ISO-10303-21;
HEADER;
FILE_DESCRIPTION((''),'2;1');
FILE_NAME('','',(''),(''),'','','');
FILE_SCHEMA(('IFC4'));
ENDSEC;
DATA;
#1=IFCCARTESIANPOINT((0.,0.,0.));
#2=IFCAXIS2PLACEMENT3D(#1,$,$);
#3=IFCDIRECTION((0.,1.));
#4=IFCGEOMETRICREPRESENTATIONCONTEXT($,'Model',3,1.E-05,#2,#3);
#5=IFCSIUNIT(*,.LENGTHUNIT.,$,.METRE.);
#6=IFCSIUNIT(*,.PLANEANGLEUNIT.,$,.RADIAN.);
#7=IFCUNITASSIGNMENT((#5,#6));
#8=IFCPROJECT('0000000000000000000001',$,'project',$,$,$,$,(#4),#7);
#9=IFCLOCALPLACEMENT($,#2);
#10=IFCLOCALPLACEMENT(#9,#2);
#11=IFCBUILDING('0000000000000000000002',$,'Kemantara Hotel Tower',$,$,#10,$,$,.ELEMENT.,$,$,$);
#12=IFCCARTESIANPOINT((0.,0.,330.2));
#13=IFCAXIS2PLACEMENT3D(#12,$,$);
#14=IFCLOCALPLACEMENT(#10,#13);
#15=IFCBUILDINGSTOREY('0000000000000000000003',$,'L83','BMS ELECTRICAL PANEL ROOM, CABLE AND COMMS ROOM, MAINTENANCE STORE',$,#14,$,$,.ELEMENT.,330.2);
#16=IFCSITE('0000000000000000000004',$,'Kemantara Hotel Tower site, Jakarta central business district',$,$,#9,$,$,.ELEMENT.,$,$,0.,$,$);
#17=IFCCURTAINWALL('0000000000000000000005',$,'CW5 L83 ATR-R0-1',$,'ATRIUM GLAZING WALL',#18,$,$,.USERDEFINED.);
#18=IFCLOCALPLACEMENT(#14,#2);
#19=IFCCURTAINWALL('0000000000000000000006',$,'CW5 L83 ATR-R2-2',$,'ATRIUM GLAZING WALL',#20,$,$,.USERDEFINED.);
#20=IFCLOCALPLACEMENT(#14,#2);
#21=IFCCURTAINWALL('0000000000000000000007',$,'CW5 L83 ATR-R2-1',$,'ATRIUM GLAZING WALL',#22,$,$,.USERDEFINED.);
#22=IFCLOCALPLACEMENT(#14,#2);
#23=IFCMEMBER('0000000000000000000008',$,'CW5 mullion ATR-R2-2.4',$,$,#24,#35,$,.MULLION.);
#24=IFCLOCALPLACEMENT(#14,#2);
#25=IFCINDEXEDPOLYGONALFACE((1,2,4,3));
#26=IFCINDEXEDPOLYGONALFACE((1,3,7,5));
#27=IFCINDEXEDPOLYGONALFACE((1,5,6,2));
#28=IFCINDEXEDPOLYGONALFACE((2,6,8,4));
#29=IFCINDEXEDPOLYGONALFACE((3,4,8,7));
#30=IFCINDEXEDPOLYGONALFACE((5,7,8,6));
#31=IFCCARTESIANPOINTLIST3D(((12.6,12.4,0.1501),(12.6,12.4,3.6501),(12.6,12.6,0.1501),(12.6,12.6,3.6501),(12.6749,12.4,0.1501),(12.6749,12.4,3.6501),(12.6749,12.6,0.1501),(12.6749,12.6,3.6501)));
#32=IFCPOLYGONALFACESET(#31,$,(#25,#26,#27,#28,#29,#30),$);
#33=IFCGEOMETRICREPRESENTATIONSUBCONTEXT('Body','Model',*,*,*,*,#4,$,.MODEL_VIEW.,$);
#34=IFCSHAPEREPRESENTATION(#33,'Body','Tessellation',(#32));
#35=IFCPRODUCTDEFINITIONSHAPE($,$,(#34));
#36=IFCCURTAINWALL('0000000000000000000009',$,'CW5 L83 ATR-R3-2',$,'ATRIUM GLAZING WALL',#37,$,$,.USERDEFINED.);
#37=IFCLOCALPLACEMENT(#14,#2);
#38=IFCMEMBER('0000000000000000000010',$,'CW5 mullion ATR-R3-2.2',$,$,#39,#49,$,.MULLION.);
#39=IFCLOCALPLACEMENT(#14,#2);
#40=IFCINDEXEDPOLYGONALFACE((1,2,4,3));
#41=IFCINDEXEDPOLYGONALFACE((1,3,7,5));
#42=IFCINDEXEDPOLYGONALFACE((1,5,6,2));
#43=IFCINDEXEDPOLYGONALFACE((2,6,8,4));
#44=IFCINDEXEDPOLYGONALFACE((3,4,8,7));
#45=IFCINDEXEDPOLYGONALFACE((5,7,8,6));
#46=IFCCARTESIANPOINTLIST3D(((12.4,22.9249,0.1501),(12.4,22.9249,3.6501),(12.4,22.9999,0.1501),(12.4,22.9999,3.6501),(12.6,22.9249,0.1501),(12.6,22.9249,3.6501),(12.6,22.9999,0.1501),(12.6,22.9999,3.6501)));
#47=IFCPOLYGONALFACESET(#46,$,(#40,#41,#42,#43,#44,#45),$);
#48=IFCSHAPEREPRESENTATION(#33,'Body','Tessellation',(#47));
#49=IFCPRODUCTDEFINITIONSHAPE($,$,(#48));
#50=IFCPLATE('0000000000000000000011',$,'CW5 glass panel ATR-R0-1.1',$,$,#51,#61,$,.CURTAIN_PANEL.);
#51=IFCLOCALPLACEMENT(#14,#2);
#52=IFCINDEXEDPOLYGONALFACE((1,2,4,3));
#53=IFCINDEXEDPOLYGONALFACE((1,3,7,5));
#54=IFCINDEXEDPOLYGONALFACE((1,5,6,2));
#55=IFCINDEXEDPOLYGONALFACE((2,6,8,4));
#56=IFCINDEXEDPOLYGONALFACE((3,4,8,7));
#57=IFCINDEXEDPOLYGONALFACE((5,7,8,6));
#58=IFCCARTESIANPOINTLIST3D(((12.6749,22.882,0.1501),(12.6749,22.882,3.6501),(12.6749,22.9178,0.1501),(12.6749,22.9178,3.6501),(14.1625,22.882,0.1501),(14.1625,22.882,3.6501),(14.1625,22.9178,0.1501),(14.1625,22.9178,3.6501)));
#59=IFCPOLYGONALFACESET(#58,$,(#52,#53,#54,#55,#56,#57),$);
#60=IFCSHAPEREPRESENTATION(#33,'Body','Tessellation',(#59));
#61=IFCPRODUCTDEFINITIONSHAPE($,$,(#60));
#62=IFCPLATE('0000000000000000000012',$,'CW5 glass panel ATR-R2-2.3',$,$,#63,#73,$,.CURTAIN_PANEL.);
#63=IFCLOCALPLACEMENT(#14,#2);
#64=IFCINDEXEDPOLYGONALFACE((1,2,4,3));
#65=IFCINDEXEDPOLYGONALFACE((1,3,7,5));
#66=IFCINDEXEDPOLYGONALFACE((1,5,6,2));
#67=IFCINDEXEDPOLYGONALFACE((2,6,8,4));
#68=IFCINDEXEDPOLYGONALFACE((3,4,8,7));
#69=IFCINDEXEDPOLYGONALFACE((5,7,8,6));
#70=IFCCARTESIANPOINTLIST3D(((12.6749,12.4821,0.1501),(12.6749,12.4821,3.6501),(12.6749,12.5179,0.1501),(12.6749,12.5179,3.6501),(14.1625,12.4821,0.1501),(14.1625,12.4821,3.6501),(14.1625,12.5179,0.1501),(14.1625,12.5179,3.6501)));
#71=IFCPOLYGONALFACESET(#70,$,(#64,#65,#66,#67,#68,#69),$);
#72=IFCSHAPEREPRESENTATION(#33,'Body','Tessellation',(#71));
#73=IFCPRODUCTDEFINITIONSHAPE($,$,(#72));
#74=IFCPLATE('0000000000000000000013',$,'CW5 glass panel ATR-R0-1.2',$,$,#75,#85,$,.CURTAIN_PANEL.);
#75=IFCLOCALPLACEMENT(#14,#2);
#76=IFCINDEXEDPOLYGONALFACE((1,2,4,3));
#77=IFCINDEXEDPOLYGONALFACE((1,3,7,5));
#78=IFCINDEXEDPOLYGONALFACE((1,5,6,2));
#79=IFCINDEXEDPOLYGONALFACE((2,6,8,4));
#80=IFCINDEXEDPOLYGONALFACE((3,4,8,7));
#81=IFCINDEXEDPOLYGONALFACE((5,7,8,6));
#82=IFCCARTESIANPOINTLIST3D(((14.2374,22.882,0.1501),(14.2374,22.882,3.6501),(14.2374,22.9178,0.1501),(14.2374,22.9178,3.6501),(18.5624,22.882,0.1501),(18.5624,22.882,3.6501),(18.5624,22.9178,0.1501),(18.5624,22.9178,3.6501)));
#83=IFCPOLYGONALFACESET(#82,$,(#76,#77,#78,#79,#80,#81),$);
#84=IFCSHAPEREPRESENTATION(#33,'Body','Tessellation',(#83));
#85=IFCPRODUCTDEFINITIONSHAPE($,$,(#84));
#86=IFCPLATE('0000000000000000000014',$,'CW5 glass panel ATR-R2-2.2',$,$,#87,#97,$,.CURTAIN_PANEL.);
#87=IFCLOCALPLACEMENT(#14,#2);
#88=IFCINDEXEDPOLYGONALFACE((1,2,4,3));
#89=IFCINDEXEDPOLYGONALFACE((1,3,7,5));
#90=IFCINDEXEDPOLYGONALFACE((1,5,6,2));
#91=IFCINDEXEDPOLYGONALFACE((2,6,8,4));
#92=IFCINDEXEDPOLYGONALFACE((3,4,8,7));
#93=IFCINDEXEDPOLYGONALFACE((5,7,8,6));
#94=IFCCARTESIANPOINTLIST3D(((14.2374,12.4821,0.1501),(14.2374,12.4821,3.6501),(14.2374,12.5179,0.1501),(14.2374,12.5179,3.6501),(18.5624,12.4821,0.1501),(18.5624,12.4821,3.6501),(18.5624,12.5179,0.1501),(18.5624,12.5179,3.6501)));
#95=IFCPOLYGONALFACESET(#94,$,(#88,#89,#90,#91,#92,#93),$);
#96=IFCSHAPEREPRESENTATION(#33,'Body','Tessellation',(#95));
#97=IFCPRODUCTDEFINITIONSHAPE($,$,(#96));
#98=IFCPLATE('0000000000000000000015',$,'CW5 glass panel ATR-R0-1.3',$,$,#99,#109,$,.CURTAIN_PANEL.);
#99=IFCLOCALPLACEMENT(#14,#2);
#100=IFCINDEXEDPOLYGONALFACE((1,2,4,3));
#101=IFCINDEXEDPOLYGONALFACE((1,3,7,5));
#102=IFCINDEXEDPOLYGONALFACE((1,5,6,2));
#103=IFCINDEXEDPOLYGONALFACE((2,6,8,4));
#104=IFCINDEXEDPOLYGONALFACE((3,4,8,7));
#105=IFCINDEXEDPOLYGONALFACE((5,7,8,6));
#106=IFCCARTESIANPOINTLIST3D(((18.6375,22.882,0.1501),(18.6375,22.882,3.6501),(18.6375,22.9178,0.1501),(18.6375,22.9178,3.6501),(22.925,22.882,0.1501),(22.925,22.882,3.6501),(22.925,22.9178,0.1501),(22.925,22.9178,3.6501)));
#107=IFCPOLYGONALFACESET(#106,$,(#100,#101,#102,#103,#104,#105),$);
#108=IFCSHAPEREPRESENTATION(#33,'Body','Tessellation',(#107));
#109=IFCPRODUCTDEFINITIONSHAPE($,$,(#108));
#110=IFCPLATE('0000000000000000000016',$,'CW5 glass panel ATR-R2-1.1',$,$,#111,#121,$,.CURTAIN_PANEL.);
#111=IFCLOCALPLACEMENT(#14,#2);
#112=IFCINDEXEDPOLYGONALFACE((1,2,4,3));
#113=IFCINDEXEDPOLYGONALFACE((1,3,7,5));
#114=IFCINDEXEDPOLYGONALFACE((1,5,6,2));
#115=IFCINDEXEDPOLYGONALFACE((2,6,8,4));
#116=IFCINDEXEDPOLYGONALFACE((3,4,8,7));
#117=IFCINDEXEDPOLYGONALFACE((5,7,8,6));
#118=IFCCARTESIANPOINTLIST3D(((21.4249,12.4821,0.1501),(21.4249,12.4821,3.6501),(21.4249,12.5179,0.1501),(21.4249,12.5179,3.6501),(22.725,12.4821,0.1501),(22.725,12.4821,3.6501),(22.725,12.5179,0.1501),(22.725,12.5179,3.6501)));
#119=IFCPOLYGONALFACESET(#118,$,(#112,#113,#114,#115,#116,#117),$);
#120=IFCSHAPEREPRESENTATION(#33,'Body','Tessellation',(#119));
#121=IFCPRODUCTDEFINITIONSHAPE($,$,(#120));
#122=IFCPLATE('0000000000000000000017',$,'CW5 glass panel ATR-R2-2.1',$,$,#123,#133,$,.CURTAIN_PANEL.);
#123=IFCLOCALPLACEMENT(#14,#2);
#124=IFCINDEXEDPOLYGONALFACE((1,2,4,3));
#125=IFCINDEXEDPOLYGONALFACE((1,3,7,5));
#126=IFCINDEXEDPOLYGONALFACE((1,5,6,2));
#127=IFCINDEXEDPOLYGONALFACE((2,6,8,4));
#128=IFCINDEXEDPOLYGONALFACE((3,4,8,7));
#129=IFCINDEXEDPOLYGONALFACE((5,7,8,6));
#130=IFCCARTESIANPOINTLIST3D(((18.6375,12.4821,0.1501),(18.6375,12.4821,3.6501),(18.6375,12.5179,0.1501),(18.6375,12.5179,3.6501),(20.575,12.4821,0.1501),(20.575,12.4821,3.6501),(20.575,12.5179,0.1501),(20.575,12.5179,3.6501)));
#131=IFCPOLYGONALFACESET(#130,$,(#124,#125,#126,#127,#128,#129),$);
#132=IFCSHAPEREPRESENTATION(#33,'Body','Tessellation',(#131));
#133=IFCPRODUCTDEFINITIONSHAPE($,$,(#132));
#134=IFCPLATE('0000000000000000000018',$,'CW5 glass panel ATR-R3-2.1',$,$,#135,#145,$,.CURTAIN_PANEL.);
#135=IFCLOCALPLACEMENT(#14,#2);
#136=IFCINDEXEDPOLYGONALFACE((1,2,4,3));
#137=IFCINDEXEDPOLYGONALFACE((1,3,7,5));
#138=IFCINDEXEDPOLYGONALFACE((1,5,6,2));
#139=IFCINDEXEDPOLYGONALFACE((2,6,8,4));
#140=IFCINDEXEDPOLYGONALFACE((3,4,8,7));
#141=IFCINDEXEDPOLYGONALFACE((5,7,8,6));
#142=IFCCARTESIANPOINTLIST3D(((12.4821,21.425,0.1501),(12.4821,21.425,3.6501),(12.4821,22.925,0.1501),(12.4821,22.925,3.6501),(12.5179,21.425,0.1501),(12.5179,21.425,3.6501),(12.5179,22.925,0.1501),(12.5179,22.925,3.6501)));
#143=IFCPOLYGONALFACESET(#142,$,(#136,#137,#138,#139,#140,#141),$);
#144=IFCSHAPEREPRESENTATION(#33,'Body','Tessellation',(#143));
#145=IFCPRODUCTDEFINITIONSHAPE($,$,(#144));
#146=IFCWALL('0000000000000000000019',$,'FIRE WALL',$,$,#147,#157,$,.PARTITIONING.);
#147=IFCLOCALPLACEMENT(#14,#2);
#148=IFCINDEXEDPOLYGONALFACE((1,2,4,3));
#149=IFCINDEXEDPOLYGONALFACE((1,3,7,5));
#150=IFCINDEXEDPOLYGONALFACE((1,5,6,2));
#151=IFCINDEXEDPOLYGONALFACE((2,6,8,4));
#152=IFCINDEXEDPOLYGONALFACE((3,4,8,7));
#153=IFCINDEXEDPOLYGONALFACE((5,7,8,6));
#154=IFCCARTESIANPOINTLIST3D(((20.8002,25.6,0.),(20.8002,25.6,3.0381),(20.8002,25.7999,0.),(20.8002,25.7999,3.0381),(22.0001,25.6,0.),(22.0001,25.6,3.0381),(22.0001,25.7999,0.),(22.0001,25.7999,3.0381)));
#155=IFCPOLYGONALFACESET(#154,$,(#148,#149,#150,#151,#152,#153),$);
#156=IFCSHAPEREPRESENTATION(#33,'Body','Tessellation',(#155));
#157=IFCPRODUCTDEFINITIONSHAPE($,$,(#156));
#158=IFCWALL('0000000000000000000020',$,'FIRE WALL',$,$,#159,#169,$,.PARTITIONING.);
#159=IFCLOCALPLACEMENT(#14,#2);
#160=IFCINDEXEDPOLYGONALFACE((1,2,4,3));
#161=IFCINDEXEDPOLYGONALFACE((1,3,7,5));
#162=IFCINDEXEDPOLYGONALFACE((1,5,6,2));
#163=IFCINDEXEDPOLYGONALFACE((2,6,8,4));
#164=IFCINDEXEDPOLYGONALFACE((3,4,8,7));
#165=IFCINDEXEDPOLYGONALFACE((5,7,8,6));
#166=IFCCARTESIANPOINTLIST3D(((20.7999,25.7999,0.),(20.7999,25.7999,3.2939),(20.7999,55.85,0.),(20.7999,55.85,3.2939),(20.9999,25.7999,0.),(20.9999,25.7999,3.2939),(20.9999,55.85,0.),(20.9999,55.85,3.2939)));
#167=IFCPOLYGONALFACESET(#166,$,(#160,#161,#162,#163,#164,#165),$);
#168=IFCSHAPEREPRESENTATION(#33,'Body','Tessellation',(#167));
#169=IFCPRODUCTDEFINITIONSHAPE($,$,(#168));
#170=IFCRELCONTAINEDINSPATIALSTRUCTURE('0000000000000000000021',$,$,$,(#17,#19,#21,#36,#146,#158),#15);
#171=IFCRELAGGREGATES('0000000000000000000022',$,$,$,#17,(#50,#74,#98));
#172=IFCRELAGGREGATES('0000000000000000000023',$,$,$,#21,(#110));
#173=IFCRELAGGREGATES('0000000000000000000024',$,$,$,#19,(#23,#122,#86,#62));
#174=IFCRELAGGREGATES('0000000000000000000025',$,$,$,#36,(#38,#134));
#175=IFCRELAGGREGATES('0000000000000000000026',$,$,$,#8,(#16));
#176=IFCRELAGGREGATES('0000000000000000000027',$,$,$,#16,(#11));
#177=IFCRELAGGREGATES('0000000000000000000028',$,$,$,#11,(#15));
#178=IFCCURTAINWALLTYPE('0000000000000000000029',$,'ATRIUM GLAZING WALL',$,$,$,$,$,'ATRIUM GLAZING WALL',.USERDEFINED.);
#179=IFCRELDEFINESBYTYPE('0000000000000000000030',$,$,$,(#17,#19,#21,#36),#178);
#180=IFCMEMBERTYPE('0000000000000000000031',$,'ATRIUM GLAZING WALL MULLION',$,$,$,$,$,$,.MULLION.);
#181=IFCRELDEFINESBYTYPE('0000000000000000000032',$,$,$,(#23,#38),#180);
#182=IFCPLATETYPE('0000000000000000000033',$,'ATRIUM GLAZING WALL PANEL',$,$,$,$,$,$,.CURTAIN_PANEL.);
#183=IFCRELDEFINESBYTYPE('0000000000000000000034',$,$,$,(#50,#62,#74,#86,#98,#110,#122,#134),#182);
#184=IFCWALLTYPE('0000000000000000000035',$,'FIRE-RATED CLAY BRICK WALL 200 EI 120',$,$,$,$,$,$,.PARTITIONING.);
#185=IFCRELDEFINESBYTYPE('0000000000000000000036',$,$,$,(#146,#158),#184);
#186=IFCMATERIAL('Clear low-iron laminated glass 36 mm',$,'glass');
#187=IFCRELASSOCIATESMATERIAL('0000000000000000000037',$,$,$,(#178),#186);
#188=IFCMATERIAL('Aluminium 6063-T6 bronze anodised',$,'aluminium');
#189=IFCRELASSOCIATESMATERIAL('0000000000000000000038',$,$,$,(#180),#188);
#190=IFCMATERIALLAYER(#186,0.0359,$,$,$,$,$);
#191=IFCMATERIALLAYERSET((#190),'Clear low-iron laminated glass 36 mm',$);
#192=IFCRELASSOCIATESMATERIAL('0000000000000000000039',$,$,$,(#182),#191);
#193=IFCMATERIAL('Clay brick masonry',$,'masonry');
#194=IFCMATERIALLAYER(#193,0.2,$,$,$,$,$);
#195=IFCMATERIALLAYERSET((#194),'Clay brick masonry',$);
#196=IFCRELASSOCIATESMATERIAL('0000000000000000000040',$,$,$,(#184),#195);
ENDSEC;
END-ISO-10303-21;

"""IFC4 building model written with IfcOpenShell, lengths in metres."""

from ifc_helpers import new_model, si_unit, direction, frame, frame_2d, origin, origin_2d, place, context, subcontext, project, spatial, rectangle, extrude, source, transform, mapped, material, layer, layer_set, material_profile, profile_set, type_object, element, aggregate, save


model = new_model("IFC4")

# Units and contexts
model_context = context("Model", 3, precision=1e-05, world=origin(), true_north=direction((0.0, 1.0)))
body_context = subcontext(model_context, "Body", "Model", "MODEL_VIEW")
ifc_project = project(units=[si_unit("LENGTHUNIT", "METRE"), si_unit("PLANEANGLEUNIT", "RADIAN")], contexts=[model_context])

# Site, building, storey
site_placement = place(None, origin())
site = spatial("IfcSite", under=ifc_project, at=site_placement, Name="Kemantara Hotel Tower site, Jakarta central business district", CompositionType="ELEMENT", RefElevation=0.0)
building_placement = place(site_placement, origin())
building = spatial("IfcBuilding", under=site, at=building_placement, Name="Kemantara Hotel Tower", CompositionType="ELEMENT")
storey_placement = place(building_placement, frame((0.0, 0.0, 330.2)))
storey = spatial("IfcBuildingStorey", under=building, at=storey_placement, Name="L83", Description="BMS ELECTRICAL PANEL ROOM, CABLE AND COMMS ROOM, MAINTENANCE STORE", CompositionType="ELEMENT", Elevation=330.2)

# Curtain walls
ifc_material_1 = material(Name="Clear low-iron laminated glass 36 mm", Category="glass")
curtain_wall_type = type_object("IfcCurtainWallType", Name="ATRIUM GLAZING WALL", ElementType="ATRIUM GLAZING WALL", PredefinedType="USERDEFINED", material=ifc_material_1)
curtain_wall_1_placement = place(storey_placement, origin())
curtain_wall_1 = element("IfcCurtainWall", 1, at=curtain_wall_1_placement, inside=storey, type_object=curtain_wall_type, Name="CW5 L83 ATR-R0-1", ObjectType="ATRIUM GLAZING WALL", PredefinedType="USERDEFINED")
ifc_material_2 = material(Name="Aluminium 6063-T6 bronze anodised", Category="aluminium")
curtain_wall_2_placement = place(storey_placement, origin())
curtain_wall_2 = element("IfcCurtainWall", 2, at=curtain_wall_2_placement, inside=storey, type_object=curtain_wall_type, Name="CW5 L83 ATR-R2-2", ObjectType="ATRIUM GLAZING WALL", PredefinedType="USERDEFINED")

# Shared definitions
ifc_material_profile_1 = material_profile(ifc_material_2, rectangle(XDim=0.2, YDim=0.075, at=origin_2d()), Name="ATRIUM GLAZING WALL MULLION")
ifc_profile_set_1 = profile_set([ifc_material_profile_1], Name="Aluminium 6063-T6 bronze anodised")
member_type_1 = type_object("IfcMemberType", Name="ATRIUM GLAZING WALL MULLION", PredefinedType="MULLION", material=ifc_profile_set_1)
shared_shape_1 = source(origin(), body_context, "Body", "SweptSolid", [
    extrude(rectangle(XDim=0.2, YDim=0.075, at=origin_2d()), origin(), (0.0, 0.0, 1.0), 3.5),
])

# Curtain wall
curtain_wall_3_placement = place(storey_placement, origin())
curtain_wall_3 = element("IfcCurtainWall", 3, at=curtain_wall_3_placement, inside=storey, type_object=curtain_wall_type, Name="CW5 L83 ATR-R2-1", ObjectType="ATRIUM GLAZING WALL", PredefinedType="USERDEFINED")

# Member
member_1_placement = place(storey_placement, frame((12.6375, 12.5, 0.1501), z_axis=(0.0, 0.0, 1.0), x_axis=(0.0, -1.0, 0.0)))
member_1 = element("IfcMember", 4, at=member_1_placement, type_object=member_type_1, Name="CW5 mullion ATR-R2-2.4", PredefinedType="MULLION", context=body_context, shape_type="MappedRepresentation", body=[
    mapped(shared_shape_1, transform((0.0, 0.0, 0.0))),
])

# Curtain wall, member
curtain_wall_4_placement = place(storey_placement, origin())
curtain_wall_4 = element("IfcCurtainWall", 5, at=curtain_wall_4_placement, inside=storey, type_object=curtain_wall_type, Name="CW5 L83 ATR-R3-2", ObjectType="ATRIUM GLAZING WALL", PredefinedType="USERDEFINED")
member_2_placement = place(storey_placement, frame((12.5, 22.9624, 0.1501), z_axis=(0.0, 0.0, 1.0), x_axis=(-1.0, 0.0, 0.0)))
member_2 = element("IfcMember", 6, at=member_2_placement, type_object=member_type_1, Name="CW5 mullion ATR-R3-2.2", PredefinedType="MULLION", context=body_context, shape_type="MappedRepresentation", body=[
    mapped(shared_shape_1, transform((0.0, 0.0, 0.0))),
])

# Plates
ifc_layer_1 = layer(ifc_material_1, 0.0359)
ifc_layer_set_1 = layer_set([ifc_layer_1], Name="Clear low-iron laminated glass 36 mm")
plate_type = type_object("IfcPlateType", Name="ATRIUM GLAZING WALL PANEL", PredefinedType="CURTAIN_PANEL", material=ifc_layer_set_1)
shared_shape_2 = source(origin(), body_context, "Body", "SweptSolid", [
    extrude(rectangle(XDim=1.4875, YDim=0.0359, at=origin_2d()), origin(), (0.0, 0.0, 1.0), 3.5),
])
plate_1_placement = place(storey_placement, frame((13.4187, 22.8999, 0.1501), z_axis=(0.0, 0.0, 1.0), x_axis=(1.0, 0.0, 0.0)))
plate_1 = element("IfcPlate", 7, at=plate_1_placement, type_object=plate_type, Name="CW5 glass panel ATR-R0-1.1", PredefinedType="CURTAIN_PANEL", context=body_context, shape_type="MappedRepresentation", body=[
    mapped(shared_shape_2, transform((0.0, 0.0, 0.0))),
])
plate_2_placement = place(storey_placement, frame((13.4187, 12.5, 0.1501), z_axis=(0.0, 0.0, 1.0), x_axis=(-1.0, 0.0, 0.0)))
plate_2 = element("IfcPlate", 8, at=plate_2_placement, type_object=plate_type, Name="CW5 glass panel ATR-R2-2.3", PredefinedType="CURTAIN_PANEL", context=body_context, shape_type="MappedRepresentation", body=[
    mapped(shared_shape_2, transform((0.0, 0.0, 0.0))),
])
shared_shape_3 = source(origin(), body_context, "Body", "SweptSolid", [
    extrude(rectangle(XDim=4.325, YDim=0.0359, at=origin_2d()), origin(), (0.0, 0.0, 1.0), 3.5),
])
plate_3_placement = place(storey_placement, frame((16.3999, 22.8999, 0.1501), z_axis=(0.0, 0.0, 1.0), x_axis=(1.0, 0.0, 0.0)))
plate_3 = element("IfcPlate", 9, at=plate_3_placement, type_object=plate_type, Name="CW5 glass panel ATR-R0-1.2", PredefinedType="CURTAIN_PANEL", context=body_context, shape_type="MappedRepresentation", body=[
    mapped(shared_shape_3, transform((0.0, 0.0, 0.0))),
])
plate_4_placement = place(storey_placement, frame((16.3999, 12.5, 0.1501), z_axis=(0.0, 0.0, 1.0), x_axis=(-1.0, 0.0, 0.0)))
plate_4 = element("IfcPlate", 10, at=plate_4_placement, type_object=plate_type, Name="CW5 glass panel ATR-R2-2.2", PredefinedType="CURTAIN_PANEL", context=body_context, shape_type="MappedRepresentation", body=[
    mapped(shared_shape_3, transform((0.0, 0.0, 0.0))),
])
shared_shape_4 = source(origin(), body_context, "Body", "SweptSolid", [
    extrude(rectangle(XDim=4.2876, YDim=0.0359, at=origin_2d()), origin(), (0.0, 0.0, 1.0), 3.5),
])
plate_5_placement = place(storey_placement, frame((20.7812, 22.8999, 0.1501), z_axis=(0.0, 0.0, 1.0), x_axis=(1.0, 0.0, 0.0)))
plate_5 = element("IfcPlate", 11, at=plate_5_placement, type_object=plate_type, Name="CW5 glass panel ATR-R0-1.3", PredefinedType="CURTAIN_PANEL", context=body_context, shape_type="MappedRepresentation", body=[
    mapped(shared_shape_4, transform((0.0, 0.0, 0.0))),
])
aggregate(curtain_wall_1, [plate_1, plate_3, plate_5])
shared_shape_5 = source(origin(), body_context, "Body", "SweptSolid", [
    extrude(rectangle(XDim=1.3, YDim=0.0359, at=origin_2d()), origin(), (0.0, 0.0, 1.0), 3.5),
])
plate_6_placement = place(storey_placement, frame((22.075, 12.5, 0.1501), z_axis=(0.0, 0.0, 1.0), x_axis=(-1.0, 0.0, 0.0)))
plate_6 = element("IfcPlate", 12, at=plate_6_placement, type_object=plate_type, Name="CW5 glass panel ATR-R2-1.1", PredefinedType="CURTAIN_PANEL", context=body_context, shape_type="MappedRepresentation", body=[
    mapped(shared_shape_5, transform((0.0, 0.0, 0.0))),
])
aggregate(curtain_wall_3, [plate_6])
shared_shape_6 = source(origin(), body_context, "Body", "SweptSolid", [
    extrude(rectangle(XDim=1.9375, YDim=0.0359, at=origin_2d()), origin(), (0.0, 0.0, 1.0), 3.5),
])
plate_7_placement = place(storey_placement, frame((19.6062, 12.5, 0.1501), z_axis=(0.0, 0.0, 1.0), x_axis=(-1.0, 0.0, 0.0)))
plate_7 = element("IfcPlate", 13, at=plate_7_placement, type_object=plate_type, Name="CW5 glass panel ATR-R2-2.1", PredefinedType="CURTAIN_PANEL", context=body_context, shape_type="MappedRepresentation", body=[
    mapped(shared_shape_6, transform((0.0, 0.0, 0.0))),
])
aggregate(curtain_wall_2, [member_1, plate_7, plate_4, plate_2])
shared_shape_7 = source(origin(), body_context, "Body", "SweptSolid", [
    extrude(rectangle(XDim=1.5, YDim=0.0359, at=origin_2d()), origin(), (0.0, 0.0, 1.0), 3.5),
])
plate_8_placement = place(storey_placement, frame((12.5, 22.175, 0.1501), z_axis=(0.0, 0.0, 1.0), x_axis=(0.0, 1.0, 0.0)))
plate_8 = element("IfcPlate", 14, at=plate_8_placement, type_object=plate_type, Name="CW5 glass panel ATR-R3-2.1", PredefinedType="CURTAIN_PANEL", context=body_context, shape_type="MappedRepresentation", body=[
    mapped(shared_shape_7, transform((0.0, 0.0, 0.0))),
])
aggregate(curtain_wall_4, [member_2, plate_8])

# Walls
ifc_material_3 = material(Name="Clay brick masonry", Category="masonry")
ifc_layer_2 = layer(ifc_material_3, 0.2)
ifc_layer_set_2 = layer_set([ifc_layer_2], Name="Clay brick masonry")
wall_type = type_object("IfcWallType", Name="FIRE-RATED CLAY BRICK WALL 200 EI 120", PredefinedType="PARTITIONING", material=ifc_layer_set_2)
wall_1_placement = place(storey_placement, frame((20.8, 25.7, 0.0), z_axis=(0.0, 0.0, 1.0), x_axis=(1.0, 0.0, 0.0)))
element("IfcWall", 15, at=wall_1_placement, inside=storey, type_object=wall_type, Name="FIRE WALL", PredefinedType="PARTITIONING", context=body_context, shape_type="SweptSolid", body=[
    extrude(rectangle(XDim=1.2, YDim=0.2, at=frame_2d((0.6001, 0.0))), origin(), (0.0, 0.0, 1.0), 3.0381),
])
wall_2_placement = place(storey_placement, frame((20.8999, 25.8, 0.0), z_axis=(0.0, 0.0, 1.0), x_axis=(0.0, 1.0, 0.0)))
element("IfcWall", 16, at=wall_2_placement, inside=storey, type_object=wall_type, Name="FIRE WALL", PredefinedType="PARTITIONING", context=body_context, shape_type="SweptSolid", body=[
    extrude(rectangle(XDim=30.05, YDim=0.2, at=frame_2d((15.0249, 0.0))), origin(), (0.0, 0.0, 1.0), 3.2939),
])

save(model, "model.ifc")
